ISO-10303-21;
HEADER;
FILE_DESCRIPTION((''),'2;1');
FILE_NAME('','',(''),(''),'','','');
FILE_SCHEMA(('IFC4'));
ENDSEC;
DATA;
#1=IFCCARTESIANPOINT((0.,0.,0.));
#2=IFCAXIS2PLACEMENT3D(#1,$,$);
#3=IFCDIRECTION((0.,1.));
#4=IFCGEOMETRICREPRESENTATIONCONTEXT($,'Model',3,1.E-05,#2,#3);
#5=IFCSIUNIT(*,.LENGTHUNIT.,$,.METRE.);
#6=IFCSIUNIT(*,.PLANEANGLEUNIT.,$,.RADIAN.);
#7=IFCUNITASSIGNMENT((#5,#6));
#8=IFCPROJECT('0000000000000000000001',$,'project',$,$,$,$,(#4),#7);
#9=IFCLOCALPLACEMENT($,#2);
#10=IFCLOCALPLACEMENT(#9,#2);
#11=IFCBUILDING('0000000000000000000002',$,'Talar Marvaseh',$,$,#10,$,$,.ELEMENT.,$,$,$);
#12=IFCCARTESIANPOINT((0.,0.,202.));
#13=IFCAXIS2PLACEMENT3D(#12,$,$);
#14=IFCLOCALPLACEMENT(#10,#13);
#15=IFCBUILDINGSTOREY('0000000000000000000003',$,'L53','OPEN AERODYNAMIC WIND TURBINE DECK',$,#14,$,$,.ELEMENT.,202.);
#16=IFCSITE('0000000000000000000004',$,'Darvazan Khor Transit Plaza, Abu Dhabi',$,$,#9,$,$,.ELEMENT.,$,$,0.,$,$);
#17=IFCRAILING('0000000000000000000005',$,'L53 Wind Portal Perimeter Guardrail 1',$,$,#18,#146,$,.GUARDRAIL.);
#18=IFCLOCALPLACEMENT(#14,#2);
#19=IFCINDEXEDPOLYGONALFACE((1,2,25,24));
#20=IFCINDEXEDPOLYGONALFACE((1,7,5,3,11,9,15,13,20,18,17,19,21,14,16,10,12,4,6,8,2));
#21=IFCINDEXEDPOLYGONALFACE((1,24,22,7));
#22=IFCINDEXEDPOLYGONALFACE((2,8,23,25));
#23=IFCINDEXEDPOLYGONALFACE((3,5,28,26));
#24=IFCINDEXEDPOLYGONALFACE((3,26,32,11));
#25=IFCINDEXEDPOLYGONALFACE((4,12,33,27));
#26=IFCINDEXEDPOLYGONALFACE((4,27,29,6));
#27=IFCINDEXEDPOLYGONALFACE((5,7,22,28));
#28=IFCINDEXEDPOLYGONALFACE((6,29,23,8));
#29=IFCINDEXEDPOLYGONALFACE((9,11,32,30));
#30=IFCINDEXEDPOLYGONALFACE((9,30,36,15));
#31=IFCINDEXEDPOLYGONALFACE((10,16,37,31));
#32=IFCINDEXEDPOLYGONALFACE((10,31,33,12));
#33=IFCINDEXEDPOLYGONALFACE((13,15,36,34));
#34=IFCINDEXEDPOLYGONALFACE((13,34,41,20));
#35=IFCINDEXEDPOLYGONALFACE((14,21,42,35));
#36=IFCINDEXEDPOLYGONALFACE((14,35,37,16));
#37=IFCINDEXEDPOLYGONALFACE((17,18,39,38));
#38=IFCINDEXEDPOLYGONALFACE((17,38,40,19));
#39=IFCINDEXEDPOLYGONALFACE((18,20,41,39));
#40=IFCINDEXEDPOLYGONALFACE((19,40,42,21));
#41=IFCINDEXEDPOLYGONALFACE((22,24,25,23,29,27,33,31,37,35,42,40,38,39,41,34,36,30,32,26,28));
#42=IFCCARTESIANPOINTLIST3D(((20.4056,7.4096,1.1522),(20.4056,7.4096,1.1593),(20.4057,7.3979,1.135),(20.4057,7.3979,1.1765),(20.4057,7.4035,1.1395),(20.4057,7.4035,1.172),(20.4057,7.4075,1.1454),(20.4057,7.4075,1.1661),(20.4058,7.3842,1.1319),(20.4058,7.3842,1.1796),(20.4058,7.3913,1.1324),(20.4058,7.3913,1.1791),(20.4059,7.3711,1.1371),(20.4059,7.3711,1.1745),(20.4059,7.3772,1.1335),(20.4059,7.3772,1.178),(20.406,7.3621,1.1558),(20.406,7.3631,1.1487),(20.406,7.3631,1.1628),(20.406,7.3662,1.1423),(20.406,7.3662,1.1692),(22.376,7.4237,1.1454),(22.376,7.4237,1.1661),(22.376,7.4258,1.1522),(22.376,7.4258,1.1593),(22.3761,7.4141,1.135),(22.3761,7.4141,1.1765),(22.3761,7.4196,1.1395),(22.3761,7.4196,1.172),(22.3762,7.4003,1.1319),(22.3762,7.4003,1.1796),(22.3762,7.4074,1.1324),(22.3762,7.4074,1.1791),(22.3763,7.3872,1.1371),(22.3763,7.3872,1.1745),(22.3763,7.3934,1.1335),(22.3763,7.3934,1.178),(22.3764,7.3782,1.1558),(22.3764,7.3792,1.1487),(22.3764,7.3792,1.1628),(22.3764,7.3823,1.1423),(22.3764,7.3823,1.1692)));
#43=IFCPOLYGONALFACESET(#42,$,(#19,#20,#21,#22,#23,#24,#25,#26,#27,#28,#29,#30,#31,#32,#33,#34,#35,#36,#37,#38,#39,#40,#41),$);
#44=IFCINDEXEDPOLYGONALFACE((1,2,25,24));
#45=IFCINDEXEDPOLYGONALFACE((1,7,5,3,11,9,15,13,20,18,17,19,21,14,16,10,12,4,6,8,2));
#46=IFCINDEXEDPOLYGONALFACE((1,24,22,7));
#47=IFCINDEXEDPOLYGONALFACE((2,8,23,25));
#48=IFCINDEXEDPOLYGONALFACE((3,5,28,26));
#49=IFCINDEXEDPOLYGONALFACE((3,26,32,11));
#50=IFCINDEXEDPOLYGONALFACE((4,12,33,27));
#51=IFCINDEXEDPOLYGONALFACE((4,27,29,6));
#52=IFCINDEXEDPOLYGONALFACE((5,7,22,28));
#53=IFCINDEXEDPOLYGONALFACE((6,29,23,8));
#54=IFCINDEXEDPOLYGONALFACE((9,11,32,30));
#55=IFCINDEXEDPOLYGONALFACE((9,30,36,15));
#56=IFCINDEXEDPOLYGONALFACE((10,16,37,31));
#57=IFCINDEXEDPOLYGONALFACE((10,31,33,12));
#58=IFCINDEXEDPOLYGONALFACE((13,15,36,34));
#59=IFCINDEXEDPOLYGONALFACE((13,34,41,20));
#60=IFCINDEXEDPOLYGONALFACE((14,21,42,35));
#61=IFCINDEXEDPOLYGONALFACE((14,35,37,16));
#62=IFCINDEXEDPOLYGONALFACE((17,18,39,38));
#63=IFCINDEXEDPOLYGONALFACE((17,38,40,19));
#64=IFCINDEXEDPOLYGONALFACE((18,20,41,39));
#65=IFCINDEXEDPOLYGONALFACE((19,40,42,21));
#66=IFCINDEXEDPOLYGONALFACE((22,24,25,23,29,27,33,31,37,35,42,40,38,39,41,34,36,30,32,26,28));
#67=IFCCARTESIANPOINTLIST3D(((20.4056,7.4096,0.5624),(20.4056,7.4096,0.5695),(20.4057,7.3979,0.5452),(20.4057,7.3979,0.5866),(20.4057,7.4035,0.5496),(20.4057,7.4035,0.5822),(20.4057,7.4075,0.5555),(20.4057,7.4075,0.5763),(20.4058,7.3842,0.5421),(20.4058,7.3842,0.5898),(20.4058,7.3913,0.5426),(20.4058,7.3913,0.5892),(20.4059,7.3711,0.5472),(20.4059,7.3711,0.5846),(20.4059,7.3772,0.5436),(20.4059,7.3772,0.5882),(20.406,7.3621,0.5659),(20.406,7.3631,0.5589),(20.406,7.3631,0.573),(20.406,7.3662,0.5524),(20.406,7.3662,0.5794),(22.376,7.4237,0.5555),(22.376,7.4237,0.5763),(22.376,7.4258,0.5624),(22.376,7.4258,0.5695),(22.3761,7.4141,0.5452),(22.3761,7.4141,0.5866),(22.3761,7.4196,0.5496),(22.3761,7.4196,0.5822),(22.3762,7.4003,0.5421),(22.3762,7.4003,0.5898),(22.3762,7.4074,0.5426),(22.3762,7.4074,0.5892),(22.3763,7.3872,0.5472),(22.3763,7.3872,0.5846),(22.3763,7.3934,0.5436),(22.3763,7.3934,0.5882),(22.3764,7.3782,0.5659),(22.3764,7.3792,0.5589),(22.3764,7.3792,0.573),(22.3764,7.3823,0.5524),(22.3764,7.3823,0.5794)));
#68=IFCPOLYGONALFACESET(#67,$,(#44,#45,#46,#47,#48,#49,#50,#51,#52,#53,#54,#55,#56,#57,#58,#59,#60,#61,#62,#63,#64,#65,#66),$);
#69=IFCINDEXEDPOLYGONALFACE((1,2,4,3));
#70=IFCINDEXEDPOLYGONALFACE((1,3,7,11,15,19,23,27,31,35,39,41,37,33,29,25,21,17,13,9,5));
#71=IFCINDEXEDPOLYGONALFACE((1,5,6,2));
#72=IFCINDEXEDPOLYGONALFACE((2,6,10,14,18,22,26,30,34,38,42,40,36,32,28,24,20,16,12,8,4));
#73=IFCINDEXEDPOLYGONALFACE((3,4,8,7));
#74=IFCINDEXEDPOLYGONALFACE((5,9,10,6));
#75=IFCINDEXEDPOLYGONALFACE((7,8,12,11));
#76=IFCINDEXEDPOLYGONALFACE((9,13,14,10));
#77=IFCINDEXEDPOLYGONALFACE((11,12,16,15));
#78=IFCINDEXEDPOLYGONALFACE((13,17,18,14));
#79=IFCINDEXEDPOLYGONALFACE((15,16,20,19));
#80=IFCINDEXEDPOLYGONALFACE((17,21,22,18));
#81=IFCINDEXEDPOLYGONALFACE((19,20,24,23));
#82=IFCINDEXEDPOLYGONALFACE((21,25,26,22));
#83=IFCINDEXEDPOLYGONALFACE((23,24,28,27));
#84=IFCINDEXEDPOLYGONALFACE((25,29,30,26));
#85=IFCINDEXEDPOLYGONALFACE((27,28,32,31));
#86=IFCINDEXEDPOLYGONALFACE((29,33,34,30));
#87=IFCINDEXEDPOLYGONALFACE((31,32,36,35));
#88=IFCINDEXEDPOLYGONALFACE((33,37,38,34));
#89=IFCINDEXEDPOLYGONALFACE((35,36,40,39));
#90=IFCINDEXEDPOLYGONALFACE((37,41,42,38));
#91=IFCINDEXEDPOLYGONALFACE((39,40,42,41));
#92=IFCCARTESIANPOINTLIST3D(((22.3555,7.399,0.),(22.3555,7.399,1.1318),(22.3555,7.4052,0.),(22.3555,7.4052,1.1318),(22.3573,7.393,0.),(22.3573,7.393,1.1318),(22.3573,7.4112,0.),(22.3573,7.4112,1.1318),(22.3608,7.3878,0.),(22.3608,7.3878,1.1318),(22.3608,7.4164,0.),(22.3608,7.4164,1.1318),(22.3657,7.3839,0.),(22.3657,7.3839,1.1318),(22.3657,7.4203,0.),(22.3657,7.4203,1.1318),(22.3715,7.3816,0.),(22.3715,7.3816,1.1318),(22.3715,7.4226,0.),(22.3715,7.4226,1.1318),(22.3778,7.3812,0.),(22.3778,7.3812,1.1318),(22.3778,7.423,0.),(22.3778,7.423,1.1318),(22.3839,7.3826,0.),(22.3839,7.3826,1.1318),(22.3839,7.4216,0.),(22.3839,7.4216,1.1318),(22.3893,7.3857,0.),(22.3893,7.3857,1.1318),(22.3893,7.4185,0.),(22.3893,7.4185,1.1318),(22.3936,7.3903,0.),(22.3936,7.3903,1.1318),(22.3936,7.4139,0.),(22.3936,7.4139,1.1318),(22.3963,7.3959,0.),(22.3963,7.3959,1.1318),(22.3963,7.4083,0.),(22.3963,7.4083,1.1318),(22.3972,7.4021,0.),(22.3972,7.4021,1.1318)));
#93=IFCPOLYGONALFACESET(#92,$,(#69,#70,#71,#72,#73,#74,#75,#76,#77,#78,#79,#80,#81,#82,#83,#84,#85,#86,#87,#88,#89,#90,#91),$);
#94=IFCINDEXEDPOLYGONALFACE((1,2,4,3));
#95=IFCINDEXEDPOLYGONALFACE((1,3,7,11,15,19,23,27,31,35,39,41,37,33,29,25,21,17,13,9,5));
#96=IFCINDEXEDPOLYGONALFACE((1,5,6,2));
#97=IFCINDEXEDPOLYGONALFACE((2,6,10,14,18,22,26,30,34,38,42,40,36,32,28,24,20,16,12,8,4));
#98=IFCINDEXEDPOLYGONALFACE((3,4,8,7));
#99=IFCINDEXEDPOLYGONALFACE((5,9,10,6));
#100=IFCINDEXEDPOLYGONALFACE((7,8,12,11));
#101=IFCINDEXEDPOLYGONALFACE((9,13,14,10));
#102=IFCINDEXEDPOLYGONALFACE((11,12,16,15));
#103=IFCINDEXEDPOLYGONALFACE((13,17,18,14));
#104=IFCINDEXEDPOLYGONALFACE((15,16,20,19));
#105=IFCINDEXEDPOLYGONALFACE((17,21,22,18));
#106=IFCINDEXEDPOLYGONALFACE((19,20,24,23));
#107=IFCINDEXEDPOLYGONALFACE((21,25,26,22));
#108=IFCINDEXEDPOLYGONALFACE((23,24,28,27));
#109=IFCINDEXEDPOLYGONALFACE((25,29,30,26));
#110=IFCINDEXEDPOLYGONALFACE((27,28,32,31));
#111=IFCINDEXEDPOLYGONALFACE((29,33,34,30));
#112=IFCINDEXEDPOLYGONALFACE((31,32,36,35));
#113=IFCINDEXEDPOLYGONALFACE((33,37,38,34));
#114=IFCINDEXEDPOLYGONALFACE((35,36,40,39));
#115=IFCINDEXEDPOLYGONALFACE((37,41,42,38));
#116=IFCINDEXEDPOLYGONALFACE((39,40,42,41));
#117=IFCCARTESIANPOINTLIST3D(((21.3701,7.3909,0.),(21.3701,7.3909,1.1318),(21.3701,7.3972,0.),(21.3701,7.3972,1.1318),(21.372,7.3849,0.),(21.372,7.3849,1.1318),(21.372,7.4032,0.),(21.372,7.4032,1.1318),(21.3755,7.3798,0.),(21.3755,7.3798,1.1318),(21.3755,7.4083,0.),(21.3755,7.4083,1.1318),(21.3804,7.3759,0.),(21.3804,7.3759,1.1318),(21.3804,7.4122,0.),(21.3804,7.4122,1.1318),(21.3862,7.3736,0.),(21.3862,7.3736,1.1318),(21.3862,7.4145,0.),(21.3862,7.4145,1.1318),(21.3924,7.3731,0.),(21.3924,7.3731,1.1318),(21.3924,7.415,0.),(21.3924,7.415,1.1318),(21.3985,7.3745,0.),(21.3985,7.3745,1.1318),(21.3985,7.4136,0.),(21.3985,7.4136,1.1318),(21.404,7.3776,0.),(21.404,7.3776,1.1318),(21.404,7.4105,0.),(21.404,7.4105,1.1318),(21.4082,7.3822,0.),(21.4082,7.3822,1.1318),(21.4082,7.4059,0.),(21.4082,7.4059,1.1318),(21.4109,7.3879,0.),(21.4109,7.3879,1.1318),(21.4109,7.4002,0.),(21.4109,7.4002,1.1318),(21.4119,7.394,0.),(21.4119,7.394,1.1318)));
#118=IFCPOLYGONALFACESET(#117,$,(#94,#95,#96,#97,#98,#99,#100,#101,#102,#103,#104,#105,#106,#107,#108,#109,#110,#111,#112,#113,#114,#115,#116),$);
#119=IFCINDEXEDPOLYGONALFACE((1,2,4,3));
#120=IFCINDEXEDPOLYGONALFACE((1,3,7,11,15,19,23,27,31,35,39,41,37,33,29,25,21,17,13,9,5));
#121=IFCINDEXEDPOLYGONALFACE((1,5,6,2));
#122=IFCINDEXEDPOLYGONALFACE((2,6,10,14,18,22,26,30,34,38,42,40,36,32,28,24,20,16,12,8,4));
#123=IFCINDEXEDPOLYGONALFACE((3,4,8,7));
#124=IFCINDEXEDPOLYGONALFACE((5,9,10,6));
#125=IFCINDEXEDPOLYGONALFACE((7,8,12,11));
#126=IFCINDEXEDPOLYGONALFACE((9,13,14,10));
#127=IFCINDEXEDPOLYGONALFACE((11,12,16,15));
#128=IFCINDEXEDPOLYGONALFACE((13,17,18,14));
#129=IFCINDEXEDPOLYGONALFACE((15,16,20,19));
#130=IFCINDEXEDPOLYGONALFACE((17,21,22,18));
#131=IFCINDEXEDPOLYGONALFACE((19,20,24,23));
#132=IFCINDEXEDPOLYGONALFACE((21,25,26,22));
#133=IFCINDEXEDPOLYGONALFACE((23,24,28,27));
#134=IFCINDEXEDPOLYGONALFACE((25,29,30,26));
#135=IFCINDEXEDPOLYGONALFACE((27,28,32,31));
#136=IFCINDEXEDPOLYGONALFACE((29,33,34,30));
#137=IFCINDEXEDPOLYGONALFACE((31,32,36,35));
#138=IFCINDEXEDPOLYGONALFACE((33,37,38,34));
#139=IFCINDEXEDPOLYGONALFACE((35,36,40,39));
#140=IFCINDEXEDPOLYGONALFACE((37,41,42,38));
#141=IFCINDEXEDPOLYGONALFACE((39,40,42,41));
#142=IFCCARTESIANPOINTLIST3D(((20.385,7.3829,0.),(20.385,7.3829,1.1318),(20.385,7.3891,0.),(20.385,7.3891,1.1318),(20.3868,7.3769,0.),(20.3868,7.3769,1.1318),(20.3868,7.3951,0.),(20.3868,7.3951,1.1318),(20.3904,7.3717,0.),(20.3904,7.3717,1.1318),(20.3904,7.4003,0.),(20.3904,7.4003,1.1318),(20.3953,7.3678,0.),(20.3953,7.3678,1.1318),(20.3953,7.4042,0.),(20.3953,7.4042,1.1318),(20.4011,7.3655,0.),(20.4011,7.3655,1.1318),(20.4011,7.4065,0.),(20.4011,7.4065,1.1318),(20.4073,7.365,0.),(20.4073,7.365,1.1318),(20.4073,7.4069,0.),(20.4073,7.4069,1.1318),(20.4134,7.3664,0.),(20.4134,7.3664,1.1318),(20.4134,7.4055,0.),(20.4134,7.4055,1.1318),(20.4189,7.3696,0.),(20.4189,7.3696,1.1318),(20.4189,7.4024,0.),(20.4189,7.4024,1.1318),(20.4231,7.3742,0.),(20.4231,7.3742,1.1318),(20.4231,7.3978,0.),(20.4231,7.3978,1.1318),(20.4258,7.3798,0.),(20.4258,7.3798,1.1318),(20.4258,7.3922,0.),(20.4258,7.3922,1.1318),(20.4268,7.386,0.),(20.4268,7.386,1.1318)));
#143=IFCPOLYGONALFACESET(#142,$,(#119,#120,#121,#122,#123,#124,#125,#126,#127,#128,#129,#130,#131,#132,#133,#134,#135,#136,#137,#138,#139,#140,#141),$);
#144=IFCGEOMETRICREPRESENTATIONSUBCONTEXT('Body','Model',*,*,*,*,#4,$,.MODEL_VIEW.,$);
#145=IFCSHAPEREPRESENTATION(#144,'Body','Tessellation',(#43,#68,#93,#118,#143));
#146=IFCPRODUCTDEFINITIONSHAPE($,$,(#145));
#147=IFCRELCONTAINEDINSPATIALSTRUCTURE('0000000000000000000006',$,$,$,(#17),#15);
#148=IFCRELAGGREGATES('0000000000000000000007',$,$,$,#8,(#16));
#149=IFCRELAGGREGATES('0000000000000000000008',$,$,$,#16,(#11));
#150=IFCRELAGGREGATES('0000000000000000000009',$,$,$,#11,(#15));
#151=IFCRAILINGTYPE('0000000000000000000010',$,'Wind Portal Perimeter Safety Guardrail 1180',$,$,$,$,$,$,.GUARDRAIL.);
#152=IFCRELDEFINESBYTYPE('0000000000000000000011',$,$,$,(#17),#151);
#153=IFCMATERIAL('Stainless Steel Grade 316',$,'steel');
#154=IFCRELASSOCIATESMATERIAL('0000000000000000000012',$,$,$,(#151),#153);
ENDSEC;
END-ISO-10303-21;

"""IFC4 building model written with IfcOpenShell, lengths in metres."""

from ifc_helpers import new_model, si_unit, direction, frame, origin, origin_2d, place, context, subcontext, project, spatial, circle, extrude, material, type_object, element, save


model = new_model("IFC4")

# Units and contexts
model_context = context("Model", 3, precision=1e-05, world=origin(), true_north=direction((0.0, 1.0)))
body_context = subcontext(model_context, "Body", "Model", "MODEL_VIEW")
ifc_project = project(units=[si_unit("LENGTHUNIT", "METRE"), si_unit("PLANEANGLEUNIT", "RADIAN")], contexts=[model_context])

# Site, building, storey
site_placement = place(None, origin())
site = spatial("IfcSite", under=ifc_project, at=site_placement, Name="Darvazan Khor Transit Plaza, Abu Dhabi", CompositionType="ELEMENT", RefElevation=0.0)
building_placement = place(site_placement, origin())
building = spatial("IfcBuilding", under=site, at=building_placement, Name="Talar Marvaseh", CompositionType="ELEMENT")
storey_placement = place(building_placement, frame((0.0, 0.0, 202.0)))
storey = spatial("IfcBuildingStorey", under=building, at=storey_placement, Name="L53", Description="OPEN AERODYNAMIC WIND TURBINE DECK", CompositionType="ELEMENT", Elevation=202.0)

# Railing
ifc_material_1 = material(Name="Stainless Steel Grade 316", Category="steel")
railing_type = type_object("IfcRailingType", Name="Wind Portal Perimeter Safety Guardrail 1180", PredefinedType="GUARDRAIL", material=ifc_material_1)
railing_1_placement = place(storey_placement, frame((22.3762, 7.4021, 0.0)))
element("IfcRailing", 1, at=railing_1_placement, inside=storey, type_object=railing_type, Name="L53 Wind Portal Perimeter Guardrail 1", PredefinedType="GUARDRAIL", context=body_context, shape_type="SweptSolid", body=[
    extrude(circle(Radius=0.0239, at=origin_2d()), frame((0.0, 0.0, 1.1558), z_axis=(-0.999967, -0.008177, 0.0), x_axis=(0.008177, -0.999967, 0.0)), (0.0, 0.0, 1.0), 1.9705),
    extrude(circle(Radius=0.0239, at=origin_2d()), frame((0.0, 0.0, 0.5659), z_axis=(-0.999967, -0.008177, 0.0), x_axis=(0.008177, -0.999967, 0.0)), (0.0, 0.0, 1.0), 1.9705),
    extrude(circle(Radius=0.021, at=origin_2d()), origin(), (0.0, 0.0, 1.0), 1.1318),
    extrude(circle(Radius=0.021, at=origin_2d()), frame((-0.9854, -0.0081, 0.0)), (0.0, 0.0, 1.0), 1.1318),
    extrude(circle(Radius=0.021, at=origin_2d()), frame((-1.9705, -0.0161, 0.0)), (0.0, 0.0, 1.0), 1.1318),
])

save(model, "model.ifc")
